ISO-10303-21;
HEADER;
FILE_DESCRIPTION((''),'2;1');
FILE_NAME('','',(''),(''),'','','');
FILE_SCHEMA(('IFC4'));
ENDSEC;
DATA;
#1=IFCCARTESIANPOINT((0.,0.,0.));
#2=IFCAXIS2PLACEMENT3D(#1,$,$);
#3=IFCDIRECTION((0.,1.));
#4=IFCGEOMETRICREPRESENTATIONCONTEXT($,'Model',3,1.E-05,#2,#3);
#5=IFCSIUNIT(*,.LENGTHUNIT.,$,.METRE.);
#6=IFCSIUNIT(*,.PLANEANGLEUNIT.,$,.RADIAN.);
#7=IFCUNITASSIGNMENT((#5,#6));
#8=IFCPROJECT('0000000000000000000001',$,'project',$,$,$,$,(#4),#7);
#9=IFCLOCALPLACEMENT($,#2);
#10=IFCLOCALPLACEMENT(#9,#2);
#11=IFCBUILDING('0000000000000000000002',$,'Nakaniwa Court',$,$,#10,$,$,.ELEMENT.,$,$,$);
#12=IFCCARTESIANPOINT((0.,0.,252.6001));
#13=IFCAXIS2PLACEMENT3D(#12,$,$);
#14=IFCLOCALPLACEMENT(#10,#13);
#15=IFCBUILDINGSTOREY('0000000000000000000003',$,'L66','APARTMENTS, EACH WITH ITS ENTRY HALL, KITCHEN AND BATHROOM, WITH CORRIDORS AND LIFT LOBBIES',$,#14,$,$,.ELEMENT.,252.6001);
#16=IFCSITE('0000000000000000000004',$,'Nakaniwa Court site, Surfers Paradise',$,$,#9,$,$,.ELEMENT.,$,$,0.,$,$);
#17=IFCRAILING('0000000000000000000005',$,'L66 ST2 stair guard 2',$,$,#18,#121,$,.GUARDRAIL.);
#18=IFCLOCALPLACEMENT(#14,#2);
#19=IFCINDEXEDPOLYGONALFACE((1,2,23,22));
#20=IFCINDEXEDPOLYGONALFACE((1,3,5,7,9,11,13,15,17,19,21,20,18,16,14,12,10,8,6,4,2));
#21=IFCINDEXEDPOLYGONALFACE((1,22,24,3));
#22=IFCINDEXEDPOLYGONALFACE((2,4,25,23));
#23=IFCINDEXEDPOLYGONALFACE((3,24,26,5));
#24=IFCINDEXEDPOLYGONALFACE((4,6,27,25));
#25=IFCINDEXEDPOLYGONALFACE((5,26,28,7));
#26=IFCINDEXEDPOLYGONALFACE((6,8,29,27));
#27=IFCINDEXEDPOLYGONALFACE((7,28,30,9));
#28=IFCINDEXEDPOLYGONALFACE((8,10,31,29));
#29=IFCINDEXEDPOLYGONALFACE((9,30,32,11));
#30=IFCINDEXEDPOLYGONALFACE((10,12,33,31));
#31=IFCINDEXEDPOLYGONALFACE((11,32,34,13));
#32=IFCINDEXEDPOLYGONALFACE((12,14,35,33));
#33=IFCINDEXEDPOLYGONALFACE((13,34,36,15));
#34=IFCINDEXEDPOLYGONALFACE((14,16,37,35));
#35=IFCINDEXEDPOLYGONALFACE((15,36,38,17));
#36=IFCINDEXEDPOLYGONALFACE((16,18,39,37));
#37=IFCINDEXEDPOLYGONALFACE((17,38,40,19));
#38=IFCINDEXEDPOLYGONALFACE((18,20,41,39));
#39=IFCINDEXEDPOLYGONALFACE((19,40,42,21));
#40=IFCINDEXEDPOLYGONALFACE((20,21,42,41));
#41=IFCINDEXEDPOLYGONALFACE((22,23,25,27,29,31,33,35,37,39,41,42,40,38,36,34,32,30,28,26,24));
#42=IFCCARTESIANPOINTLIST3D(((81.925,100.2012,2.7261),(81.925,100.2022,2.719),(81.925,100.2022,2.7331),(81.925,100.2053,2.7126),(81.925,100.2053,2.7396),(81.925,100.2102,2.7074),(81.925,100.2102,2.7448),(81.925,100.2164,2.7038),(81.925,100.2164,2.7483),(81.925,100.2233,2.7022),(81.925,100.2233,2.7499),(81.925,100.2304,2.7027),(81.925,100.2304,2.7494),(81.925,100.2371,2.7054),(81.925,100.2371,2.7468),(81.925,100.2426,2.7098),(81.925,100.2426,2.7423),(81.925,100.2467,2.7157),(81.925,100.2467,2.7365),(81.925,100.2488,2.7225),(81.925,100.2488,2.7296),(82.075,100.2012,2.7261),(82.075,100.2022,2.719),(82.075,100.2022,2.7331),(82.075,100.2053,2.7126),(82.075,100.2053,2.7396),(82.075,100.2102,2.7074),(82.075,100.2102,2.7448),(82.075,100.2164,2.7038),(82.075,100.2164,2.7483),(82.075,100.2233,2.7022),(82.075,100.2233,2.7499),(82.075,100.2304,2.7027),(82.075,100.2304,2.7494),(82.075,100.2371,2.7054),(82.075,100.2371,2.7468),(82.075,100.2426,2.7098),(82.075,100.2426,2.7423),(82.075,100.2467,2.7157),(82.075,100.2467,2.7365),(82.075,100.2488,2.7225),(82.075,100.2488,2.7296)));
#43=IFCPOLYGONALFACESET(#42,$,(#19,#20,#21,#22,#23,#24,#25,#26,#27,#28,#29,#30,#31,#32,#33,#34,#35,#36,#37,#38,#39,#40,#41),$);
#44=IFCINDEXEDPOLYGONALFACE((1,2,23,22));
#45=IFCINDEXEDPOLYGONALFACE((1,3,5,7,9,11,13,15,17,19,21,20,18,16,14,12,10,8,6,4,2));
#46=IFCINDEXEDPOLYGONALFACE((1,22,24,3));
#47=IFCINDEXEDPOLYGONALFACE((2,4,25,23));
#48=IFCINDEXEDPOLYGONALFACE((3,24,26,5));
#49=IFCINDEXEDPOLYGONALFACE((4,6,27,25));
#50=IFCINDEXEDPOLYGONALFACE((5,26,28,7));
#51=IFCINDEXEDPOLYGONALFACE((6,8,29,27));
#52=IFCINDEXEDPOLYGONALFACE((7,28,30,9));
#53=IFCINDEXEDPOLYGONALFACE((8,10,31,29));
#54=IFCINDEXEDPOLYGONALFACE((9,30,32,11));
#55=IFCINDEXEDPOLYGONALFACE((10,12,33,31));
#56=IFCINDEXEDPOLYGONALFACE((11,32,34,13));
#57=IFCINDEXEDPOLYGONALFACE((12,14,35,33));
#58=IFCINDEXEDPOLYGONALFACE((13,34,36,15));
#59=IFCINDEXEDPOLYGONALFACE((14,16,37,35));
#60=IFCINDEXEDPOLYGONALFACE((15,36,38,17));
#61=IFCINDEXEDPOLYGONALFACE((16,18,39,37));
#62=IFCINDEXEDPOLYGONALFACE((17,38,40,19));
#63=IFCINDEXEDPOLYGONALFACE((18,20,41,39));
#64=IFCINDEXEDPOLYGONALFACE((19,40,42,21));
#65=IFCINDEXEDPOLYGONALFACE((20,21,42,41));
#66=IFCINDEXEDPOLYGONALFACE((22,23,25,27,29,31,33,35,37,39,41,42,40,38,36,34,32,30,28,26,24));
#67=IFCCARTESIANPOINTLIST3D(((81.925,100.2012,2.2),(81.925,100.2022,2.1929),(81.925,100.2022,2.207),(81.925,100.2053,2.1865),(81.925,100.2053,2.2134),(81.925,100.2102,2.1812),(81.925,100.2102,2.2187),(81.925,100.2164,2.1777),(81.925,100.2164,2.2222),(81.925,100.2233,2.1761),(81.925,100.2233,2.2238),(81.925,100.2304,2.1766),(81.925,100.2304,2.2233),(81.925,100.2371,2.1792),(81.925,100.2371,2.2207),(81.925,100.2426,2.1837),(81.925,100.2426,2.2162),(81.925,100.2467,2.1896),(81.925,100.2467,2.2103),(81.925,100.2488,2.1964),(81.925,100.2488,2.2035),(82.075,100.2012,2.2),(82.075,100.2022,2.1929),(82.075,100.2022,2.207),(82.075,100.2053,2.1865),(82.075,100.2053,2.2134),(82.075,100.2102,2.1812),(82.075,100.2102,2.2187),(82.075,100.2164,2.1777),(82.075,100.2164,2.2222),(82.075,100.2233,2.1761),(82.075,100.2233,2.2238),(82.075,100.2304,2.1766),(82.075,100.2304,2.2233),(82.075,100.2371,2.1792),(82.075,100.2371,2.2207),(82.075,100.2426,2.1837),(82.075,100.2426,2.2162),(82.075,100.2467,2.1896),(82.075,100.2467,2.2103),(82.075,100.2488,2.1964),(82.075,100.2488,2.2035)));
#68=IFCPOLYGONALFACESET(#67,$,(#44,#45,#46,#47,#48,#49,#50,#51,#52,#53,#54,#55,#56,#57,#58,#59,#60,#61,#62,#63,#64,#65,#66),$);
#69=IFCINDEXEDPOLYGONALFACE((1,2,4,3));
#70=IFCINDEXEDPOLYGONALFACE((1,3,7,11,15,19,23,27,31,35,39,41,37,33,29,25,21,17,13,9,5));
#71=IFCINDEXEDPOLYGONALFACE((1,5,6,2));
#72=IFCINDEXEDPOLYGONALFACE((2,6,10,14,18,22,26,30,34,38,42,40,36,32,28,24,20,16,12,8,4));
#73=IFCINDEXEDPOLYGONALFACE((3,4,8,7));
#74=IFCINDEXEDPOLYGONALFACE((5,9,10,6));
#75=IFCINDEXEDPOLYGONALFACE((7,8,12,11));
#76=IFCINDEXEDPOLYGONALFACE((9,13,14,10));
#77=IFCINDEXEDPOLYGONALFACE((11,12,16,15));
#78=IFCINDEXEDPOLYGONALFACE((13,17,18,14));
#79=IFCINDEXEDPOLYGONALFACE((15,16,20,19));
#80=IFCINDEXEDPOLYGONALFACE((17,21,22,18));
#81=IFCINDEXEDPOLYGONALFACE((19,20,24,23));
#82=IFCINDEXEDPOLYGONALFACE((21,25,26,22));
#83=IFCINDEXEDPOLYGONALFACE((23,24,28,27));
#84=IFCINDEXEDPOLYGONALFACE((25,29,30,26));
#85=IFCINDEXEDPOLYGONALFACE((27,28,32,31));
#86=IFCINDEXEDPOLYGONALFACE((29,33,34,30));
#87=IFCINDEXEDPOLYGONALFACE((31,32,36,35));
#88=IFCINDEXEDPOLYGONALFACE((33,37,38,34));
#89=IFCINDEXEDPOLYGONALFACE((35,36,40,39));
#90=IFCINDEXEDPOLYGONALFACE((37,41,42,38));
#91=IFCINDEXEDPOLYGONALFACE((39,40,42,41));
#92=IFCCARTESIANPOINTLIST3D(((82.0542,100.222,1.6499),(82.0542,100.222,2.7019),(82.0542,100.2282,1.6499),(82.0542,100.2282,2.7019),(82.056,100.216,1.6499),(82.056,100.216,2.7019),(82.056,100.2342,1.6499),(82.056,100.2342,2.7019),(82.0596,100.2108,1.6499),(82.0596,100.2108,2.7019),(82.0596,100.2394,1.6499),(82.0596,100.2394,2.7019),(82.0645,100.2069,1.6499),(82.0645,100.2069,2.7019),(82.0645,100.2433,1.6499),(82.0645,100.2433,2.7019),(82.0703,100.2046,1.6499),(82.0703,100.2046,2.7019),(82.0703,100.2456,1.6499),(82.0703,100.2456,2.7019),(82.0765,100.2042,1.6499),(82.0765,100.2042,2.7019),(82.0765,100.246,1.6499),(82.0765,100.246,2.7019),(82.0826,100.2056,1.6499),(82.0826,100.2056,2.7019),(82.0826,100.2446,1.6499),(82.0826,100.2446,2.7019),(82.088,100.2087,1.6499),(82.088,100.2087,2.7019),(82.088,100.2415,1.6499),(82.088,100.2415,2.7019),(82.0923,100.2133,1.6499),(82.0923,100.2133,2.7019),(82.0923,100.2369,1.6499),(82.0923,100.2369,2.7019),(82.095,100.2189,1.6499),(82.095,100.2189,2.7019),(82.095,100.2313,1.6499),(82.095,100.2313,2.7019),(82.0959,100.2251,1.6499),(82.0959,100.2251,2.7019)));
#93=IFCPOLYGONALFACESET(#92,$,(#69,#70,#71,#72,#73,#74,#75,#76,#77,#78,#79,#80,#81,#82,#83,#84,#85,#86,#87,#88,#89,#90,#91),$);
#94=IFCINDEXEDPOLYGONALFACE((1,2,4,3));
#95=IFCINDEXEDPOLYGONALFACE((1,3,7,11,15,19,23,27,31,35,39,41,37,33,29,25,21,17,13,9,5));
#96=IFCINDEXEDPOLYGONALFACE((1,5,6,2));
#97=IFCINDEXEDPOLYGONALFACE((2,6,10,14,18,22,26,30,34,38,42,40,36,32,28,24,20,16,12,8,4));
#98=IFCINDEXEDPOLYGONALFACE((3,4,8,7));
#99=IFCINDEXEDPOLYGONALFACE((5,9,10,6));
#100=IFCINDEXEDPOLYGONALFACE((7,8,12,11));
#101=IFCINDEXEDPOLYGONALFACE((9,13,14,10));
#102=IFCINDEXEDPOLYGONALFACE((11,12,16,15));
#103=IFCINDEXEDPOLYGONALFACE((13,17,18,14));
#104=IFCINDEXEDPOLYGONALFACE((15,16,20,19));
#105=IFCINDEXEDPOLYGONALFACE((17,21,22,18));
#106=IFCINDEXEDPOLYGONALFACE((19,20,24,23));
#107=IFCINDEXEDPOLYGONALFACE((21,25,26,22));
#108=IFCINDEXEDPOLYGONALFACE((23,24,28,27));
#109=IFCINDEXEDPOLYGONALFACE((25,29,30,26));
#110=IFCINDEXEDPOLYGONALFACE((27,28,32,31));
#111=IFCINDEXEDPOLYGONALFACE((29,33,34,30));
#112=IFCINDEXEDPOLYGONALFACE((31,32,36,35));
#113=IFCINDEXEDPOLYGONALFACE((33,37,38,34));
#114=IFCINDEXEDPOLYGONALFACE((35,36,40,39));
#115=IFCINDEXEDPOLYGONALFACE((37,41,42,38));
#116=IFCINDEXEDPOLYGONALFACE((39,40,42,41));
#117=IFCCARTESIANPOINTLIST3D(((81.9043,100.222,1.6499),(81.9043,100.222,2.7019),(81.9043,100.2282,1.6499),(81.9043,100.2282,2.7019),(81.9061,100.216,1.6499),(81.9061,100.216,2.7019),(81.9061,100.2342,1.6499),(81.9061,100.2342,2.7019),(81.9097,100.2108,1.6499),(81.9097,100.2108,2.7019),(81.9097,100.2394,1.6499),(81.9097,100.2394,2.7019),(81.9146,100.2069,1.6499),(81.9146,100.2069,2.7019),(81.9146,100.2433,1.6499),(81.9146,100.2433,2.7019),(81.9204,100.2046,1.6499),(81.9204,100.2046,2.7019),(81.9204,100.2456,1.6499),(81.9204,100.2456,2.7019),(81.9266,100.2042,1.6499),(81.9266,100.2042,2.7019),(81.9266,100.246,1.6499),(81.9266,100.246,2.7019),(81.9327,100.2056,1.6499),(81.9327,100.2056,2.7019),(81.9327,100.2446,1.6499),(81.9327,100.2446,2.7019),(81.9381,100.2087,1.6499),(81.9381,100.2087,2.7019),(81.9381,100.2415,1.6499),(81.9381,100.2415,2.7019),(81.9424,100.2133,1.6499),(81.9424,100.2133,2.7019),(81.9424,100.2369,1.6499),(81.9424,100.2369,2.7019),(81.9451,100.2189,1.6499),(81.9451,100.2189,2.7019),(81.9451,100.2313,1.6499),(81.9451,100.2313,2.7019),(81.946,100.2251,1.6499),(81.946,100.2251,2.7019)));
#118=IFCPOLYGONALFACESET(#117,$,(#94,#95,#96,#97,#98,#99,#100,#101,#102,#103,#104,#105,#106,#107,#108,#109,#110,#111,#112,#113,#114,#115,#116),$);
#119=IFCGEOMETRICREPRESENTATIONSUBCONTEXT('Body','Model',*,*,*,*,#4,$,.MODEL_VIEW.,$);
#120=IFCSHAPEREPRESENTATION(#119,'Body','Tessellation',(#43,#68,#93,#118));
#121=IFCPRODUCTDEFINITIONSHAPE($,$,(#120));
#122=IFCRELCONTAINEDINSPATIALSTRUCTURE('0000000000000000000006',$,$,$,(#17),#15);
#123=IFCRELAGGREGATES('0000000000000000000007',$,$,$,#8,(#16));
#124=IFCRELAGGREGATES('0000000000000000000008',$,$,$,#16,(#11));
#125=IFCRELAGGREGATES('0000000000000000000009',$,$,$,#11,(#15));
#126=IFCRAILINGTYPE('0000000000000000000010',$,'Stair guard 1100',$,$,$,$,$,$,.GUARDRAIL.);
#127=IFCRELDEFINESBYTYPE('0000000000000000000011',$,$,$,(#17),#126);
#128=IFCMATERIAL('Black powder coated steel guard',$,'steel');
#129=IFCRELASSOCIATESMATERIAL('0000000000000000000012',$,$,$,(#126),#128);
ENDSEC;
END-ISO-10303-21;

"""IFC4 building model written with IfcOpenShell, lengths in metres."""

from ifc_helpers import new_model, si_unit, direction, frame, origin, origin_2d, place, context, subcontext, project, spatial, circle, extrude, material, type_object, element, save


model = new_model("IFC4")

# Units and contexts
model_context = context("Model", 3, precision=1e-05, world=origin(), true_north=direction((0.0, 1.0)))
body_context = subcontext(model_context, "Body", "Model", "MODEL_VIEW")
ifc_project = project(units=[si_unit("LENGTHUNIT", "METRE"), si_unit("PLANEANGLEUNIT", "RADIAN")], contexts=[model_context])

# Site, building, storey
site_placement = place(None, origin())
site = spatial("IfcSite", under=ifc_project, at=site_placement, Name="Nakaniwa Court site, Surfers Paradise", CompositionType="ELEMENT", RefElevation=0.0)
building_placement = place(site_placement, origin())
building = spatial("IfcBuilding", under=site, at=building_placement, Name="Nakaniwa Court", CompositionType="ELEMENT")
storey_placement = place(building_placement, frame((0.0, 0.0, 252.6001)))
storey = spatial("IfcBuildingStorey", under=building, at=storey_placement, Name="L66", Description="APARTMENTS, EACH WITH ITS ENTRY HALL, KITCHEN AND BATHROOM, WITH CORRIDORS AND LIFT LOBBIES", CompositionType="ELEMENT", Elevation=252.6001)

# Railing
ifc_material_1 = material(Name="Black powder coated steel guard", Category="steel")
railing_type_1 = type_object("IfcRailingType", Name="Stair guard 1100", PredefinedType="GUARDRAIL", material=ifc_material_1)
railing_1_placement = place(storey_placement, frame((82.075, 100.2251, 1.6499)))
element("IfcRailing", 1, at=railing_1_placement, inside=storey, type_object=railing_type_1, Name="L66 ST2 stair guard 2", PredefinedType="GUARDRAIL", context=body_context, shape_type="SweptSolid", body=[
    extrude(circle(Radius=0.0239, at=origin_2d()), frame((0.0, 0.0, 1.0762), z_axis=(-1.0, 0.0, 0.0), x_axis=(0.0, -1.0, 0.0)), (0.0, 0.0, 1.0), 0.1499),
    extrude(circle(Radius=0.0239, at=origin_2d()), frame((0.0, 0.0, 0.55), z_axis=(-1.0, 0.0, 0.0), x_axis=(0.0, -1.0, 0.0)), (0.0, 0.0, 1.0), 0.1499),
    extrude(circle(Radius=0.021, at=origin_2d()), origin(), (0.0, 0.0, 1.0), 1.052),
    extrude(circle(Radius=0.021, at=origin_2d()), frame((-0.1499, 0.0, 0.0)), (0.0, 0.0, 1.0), 1.052),
])

save(model, "model.ifc")
